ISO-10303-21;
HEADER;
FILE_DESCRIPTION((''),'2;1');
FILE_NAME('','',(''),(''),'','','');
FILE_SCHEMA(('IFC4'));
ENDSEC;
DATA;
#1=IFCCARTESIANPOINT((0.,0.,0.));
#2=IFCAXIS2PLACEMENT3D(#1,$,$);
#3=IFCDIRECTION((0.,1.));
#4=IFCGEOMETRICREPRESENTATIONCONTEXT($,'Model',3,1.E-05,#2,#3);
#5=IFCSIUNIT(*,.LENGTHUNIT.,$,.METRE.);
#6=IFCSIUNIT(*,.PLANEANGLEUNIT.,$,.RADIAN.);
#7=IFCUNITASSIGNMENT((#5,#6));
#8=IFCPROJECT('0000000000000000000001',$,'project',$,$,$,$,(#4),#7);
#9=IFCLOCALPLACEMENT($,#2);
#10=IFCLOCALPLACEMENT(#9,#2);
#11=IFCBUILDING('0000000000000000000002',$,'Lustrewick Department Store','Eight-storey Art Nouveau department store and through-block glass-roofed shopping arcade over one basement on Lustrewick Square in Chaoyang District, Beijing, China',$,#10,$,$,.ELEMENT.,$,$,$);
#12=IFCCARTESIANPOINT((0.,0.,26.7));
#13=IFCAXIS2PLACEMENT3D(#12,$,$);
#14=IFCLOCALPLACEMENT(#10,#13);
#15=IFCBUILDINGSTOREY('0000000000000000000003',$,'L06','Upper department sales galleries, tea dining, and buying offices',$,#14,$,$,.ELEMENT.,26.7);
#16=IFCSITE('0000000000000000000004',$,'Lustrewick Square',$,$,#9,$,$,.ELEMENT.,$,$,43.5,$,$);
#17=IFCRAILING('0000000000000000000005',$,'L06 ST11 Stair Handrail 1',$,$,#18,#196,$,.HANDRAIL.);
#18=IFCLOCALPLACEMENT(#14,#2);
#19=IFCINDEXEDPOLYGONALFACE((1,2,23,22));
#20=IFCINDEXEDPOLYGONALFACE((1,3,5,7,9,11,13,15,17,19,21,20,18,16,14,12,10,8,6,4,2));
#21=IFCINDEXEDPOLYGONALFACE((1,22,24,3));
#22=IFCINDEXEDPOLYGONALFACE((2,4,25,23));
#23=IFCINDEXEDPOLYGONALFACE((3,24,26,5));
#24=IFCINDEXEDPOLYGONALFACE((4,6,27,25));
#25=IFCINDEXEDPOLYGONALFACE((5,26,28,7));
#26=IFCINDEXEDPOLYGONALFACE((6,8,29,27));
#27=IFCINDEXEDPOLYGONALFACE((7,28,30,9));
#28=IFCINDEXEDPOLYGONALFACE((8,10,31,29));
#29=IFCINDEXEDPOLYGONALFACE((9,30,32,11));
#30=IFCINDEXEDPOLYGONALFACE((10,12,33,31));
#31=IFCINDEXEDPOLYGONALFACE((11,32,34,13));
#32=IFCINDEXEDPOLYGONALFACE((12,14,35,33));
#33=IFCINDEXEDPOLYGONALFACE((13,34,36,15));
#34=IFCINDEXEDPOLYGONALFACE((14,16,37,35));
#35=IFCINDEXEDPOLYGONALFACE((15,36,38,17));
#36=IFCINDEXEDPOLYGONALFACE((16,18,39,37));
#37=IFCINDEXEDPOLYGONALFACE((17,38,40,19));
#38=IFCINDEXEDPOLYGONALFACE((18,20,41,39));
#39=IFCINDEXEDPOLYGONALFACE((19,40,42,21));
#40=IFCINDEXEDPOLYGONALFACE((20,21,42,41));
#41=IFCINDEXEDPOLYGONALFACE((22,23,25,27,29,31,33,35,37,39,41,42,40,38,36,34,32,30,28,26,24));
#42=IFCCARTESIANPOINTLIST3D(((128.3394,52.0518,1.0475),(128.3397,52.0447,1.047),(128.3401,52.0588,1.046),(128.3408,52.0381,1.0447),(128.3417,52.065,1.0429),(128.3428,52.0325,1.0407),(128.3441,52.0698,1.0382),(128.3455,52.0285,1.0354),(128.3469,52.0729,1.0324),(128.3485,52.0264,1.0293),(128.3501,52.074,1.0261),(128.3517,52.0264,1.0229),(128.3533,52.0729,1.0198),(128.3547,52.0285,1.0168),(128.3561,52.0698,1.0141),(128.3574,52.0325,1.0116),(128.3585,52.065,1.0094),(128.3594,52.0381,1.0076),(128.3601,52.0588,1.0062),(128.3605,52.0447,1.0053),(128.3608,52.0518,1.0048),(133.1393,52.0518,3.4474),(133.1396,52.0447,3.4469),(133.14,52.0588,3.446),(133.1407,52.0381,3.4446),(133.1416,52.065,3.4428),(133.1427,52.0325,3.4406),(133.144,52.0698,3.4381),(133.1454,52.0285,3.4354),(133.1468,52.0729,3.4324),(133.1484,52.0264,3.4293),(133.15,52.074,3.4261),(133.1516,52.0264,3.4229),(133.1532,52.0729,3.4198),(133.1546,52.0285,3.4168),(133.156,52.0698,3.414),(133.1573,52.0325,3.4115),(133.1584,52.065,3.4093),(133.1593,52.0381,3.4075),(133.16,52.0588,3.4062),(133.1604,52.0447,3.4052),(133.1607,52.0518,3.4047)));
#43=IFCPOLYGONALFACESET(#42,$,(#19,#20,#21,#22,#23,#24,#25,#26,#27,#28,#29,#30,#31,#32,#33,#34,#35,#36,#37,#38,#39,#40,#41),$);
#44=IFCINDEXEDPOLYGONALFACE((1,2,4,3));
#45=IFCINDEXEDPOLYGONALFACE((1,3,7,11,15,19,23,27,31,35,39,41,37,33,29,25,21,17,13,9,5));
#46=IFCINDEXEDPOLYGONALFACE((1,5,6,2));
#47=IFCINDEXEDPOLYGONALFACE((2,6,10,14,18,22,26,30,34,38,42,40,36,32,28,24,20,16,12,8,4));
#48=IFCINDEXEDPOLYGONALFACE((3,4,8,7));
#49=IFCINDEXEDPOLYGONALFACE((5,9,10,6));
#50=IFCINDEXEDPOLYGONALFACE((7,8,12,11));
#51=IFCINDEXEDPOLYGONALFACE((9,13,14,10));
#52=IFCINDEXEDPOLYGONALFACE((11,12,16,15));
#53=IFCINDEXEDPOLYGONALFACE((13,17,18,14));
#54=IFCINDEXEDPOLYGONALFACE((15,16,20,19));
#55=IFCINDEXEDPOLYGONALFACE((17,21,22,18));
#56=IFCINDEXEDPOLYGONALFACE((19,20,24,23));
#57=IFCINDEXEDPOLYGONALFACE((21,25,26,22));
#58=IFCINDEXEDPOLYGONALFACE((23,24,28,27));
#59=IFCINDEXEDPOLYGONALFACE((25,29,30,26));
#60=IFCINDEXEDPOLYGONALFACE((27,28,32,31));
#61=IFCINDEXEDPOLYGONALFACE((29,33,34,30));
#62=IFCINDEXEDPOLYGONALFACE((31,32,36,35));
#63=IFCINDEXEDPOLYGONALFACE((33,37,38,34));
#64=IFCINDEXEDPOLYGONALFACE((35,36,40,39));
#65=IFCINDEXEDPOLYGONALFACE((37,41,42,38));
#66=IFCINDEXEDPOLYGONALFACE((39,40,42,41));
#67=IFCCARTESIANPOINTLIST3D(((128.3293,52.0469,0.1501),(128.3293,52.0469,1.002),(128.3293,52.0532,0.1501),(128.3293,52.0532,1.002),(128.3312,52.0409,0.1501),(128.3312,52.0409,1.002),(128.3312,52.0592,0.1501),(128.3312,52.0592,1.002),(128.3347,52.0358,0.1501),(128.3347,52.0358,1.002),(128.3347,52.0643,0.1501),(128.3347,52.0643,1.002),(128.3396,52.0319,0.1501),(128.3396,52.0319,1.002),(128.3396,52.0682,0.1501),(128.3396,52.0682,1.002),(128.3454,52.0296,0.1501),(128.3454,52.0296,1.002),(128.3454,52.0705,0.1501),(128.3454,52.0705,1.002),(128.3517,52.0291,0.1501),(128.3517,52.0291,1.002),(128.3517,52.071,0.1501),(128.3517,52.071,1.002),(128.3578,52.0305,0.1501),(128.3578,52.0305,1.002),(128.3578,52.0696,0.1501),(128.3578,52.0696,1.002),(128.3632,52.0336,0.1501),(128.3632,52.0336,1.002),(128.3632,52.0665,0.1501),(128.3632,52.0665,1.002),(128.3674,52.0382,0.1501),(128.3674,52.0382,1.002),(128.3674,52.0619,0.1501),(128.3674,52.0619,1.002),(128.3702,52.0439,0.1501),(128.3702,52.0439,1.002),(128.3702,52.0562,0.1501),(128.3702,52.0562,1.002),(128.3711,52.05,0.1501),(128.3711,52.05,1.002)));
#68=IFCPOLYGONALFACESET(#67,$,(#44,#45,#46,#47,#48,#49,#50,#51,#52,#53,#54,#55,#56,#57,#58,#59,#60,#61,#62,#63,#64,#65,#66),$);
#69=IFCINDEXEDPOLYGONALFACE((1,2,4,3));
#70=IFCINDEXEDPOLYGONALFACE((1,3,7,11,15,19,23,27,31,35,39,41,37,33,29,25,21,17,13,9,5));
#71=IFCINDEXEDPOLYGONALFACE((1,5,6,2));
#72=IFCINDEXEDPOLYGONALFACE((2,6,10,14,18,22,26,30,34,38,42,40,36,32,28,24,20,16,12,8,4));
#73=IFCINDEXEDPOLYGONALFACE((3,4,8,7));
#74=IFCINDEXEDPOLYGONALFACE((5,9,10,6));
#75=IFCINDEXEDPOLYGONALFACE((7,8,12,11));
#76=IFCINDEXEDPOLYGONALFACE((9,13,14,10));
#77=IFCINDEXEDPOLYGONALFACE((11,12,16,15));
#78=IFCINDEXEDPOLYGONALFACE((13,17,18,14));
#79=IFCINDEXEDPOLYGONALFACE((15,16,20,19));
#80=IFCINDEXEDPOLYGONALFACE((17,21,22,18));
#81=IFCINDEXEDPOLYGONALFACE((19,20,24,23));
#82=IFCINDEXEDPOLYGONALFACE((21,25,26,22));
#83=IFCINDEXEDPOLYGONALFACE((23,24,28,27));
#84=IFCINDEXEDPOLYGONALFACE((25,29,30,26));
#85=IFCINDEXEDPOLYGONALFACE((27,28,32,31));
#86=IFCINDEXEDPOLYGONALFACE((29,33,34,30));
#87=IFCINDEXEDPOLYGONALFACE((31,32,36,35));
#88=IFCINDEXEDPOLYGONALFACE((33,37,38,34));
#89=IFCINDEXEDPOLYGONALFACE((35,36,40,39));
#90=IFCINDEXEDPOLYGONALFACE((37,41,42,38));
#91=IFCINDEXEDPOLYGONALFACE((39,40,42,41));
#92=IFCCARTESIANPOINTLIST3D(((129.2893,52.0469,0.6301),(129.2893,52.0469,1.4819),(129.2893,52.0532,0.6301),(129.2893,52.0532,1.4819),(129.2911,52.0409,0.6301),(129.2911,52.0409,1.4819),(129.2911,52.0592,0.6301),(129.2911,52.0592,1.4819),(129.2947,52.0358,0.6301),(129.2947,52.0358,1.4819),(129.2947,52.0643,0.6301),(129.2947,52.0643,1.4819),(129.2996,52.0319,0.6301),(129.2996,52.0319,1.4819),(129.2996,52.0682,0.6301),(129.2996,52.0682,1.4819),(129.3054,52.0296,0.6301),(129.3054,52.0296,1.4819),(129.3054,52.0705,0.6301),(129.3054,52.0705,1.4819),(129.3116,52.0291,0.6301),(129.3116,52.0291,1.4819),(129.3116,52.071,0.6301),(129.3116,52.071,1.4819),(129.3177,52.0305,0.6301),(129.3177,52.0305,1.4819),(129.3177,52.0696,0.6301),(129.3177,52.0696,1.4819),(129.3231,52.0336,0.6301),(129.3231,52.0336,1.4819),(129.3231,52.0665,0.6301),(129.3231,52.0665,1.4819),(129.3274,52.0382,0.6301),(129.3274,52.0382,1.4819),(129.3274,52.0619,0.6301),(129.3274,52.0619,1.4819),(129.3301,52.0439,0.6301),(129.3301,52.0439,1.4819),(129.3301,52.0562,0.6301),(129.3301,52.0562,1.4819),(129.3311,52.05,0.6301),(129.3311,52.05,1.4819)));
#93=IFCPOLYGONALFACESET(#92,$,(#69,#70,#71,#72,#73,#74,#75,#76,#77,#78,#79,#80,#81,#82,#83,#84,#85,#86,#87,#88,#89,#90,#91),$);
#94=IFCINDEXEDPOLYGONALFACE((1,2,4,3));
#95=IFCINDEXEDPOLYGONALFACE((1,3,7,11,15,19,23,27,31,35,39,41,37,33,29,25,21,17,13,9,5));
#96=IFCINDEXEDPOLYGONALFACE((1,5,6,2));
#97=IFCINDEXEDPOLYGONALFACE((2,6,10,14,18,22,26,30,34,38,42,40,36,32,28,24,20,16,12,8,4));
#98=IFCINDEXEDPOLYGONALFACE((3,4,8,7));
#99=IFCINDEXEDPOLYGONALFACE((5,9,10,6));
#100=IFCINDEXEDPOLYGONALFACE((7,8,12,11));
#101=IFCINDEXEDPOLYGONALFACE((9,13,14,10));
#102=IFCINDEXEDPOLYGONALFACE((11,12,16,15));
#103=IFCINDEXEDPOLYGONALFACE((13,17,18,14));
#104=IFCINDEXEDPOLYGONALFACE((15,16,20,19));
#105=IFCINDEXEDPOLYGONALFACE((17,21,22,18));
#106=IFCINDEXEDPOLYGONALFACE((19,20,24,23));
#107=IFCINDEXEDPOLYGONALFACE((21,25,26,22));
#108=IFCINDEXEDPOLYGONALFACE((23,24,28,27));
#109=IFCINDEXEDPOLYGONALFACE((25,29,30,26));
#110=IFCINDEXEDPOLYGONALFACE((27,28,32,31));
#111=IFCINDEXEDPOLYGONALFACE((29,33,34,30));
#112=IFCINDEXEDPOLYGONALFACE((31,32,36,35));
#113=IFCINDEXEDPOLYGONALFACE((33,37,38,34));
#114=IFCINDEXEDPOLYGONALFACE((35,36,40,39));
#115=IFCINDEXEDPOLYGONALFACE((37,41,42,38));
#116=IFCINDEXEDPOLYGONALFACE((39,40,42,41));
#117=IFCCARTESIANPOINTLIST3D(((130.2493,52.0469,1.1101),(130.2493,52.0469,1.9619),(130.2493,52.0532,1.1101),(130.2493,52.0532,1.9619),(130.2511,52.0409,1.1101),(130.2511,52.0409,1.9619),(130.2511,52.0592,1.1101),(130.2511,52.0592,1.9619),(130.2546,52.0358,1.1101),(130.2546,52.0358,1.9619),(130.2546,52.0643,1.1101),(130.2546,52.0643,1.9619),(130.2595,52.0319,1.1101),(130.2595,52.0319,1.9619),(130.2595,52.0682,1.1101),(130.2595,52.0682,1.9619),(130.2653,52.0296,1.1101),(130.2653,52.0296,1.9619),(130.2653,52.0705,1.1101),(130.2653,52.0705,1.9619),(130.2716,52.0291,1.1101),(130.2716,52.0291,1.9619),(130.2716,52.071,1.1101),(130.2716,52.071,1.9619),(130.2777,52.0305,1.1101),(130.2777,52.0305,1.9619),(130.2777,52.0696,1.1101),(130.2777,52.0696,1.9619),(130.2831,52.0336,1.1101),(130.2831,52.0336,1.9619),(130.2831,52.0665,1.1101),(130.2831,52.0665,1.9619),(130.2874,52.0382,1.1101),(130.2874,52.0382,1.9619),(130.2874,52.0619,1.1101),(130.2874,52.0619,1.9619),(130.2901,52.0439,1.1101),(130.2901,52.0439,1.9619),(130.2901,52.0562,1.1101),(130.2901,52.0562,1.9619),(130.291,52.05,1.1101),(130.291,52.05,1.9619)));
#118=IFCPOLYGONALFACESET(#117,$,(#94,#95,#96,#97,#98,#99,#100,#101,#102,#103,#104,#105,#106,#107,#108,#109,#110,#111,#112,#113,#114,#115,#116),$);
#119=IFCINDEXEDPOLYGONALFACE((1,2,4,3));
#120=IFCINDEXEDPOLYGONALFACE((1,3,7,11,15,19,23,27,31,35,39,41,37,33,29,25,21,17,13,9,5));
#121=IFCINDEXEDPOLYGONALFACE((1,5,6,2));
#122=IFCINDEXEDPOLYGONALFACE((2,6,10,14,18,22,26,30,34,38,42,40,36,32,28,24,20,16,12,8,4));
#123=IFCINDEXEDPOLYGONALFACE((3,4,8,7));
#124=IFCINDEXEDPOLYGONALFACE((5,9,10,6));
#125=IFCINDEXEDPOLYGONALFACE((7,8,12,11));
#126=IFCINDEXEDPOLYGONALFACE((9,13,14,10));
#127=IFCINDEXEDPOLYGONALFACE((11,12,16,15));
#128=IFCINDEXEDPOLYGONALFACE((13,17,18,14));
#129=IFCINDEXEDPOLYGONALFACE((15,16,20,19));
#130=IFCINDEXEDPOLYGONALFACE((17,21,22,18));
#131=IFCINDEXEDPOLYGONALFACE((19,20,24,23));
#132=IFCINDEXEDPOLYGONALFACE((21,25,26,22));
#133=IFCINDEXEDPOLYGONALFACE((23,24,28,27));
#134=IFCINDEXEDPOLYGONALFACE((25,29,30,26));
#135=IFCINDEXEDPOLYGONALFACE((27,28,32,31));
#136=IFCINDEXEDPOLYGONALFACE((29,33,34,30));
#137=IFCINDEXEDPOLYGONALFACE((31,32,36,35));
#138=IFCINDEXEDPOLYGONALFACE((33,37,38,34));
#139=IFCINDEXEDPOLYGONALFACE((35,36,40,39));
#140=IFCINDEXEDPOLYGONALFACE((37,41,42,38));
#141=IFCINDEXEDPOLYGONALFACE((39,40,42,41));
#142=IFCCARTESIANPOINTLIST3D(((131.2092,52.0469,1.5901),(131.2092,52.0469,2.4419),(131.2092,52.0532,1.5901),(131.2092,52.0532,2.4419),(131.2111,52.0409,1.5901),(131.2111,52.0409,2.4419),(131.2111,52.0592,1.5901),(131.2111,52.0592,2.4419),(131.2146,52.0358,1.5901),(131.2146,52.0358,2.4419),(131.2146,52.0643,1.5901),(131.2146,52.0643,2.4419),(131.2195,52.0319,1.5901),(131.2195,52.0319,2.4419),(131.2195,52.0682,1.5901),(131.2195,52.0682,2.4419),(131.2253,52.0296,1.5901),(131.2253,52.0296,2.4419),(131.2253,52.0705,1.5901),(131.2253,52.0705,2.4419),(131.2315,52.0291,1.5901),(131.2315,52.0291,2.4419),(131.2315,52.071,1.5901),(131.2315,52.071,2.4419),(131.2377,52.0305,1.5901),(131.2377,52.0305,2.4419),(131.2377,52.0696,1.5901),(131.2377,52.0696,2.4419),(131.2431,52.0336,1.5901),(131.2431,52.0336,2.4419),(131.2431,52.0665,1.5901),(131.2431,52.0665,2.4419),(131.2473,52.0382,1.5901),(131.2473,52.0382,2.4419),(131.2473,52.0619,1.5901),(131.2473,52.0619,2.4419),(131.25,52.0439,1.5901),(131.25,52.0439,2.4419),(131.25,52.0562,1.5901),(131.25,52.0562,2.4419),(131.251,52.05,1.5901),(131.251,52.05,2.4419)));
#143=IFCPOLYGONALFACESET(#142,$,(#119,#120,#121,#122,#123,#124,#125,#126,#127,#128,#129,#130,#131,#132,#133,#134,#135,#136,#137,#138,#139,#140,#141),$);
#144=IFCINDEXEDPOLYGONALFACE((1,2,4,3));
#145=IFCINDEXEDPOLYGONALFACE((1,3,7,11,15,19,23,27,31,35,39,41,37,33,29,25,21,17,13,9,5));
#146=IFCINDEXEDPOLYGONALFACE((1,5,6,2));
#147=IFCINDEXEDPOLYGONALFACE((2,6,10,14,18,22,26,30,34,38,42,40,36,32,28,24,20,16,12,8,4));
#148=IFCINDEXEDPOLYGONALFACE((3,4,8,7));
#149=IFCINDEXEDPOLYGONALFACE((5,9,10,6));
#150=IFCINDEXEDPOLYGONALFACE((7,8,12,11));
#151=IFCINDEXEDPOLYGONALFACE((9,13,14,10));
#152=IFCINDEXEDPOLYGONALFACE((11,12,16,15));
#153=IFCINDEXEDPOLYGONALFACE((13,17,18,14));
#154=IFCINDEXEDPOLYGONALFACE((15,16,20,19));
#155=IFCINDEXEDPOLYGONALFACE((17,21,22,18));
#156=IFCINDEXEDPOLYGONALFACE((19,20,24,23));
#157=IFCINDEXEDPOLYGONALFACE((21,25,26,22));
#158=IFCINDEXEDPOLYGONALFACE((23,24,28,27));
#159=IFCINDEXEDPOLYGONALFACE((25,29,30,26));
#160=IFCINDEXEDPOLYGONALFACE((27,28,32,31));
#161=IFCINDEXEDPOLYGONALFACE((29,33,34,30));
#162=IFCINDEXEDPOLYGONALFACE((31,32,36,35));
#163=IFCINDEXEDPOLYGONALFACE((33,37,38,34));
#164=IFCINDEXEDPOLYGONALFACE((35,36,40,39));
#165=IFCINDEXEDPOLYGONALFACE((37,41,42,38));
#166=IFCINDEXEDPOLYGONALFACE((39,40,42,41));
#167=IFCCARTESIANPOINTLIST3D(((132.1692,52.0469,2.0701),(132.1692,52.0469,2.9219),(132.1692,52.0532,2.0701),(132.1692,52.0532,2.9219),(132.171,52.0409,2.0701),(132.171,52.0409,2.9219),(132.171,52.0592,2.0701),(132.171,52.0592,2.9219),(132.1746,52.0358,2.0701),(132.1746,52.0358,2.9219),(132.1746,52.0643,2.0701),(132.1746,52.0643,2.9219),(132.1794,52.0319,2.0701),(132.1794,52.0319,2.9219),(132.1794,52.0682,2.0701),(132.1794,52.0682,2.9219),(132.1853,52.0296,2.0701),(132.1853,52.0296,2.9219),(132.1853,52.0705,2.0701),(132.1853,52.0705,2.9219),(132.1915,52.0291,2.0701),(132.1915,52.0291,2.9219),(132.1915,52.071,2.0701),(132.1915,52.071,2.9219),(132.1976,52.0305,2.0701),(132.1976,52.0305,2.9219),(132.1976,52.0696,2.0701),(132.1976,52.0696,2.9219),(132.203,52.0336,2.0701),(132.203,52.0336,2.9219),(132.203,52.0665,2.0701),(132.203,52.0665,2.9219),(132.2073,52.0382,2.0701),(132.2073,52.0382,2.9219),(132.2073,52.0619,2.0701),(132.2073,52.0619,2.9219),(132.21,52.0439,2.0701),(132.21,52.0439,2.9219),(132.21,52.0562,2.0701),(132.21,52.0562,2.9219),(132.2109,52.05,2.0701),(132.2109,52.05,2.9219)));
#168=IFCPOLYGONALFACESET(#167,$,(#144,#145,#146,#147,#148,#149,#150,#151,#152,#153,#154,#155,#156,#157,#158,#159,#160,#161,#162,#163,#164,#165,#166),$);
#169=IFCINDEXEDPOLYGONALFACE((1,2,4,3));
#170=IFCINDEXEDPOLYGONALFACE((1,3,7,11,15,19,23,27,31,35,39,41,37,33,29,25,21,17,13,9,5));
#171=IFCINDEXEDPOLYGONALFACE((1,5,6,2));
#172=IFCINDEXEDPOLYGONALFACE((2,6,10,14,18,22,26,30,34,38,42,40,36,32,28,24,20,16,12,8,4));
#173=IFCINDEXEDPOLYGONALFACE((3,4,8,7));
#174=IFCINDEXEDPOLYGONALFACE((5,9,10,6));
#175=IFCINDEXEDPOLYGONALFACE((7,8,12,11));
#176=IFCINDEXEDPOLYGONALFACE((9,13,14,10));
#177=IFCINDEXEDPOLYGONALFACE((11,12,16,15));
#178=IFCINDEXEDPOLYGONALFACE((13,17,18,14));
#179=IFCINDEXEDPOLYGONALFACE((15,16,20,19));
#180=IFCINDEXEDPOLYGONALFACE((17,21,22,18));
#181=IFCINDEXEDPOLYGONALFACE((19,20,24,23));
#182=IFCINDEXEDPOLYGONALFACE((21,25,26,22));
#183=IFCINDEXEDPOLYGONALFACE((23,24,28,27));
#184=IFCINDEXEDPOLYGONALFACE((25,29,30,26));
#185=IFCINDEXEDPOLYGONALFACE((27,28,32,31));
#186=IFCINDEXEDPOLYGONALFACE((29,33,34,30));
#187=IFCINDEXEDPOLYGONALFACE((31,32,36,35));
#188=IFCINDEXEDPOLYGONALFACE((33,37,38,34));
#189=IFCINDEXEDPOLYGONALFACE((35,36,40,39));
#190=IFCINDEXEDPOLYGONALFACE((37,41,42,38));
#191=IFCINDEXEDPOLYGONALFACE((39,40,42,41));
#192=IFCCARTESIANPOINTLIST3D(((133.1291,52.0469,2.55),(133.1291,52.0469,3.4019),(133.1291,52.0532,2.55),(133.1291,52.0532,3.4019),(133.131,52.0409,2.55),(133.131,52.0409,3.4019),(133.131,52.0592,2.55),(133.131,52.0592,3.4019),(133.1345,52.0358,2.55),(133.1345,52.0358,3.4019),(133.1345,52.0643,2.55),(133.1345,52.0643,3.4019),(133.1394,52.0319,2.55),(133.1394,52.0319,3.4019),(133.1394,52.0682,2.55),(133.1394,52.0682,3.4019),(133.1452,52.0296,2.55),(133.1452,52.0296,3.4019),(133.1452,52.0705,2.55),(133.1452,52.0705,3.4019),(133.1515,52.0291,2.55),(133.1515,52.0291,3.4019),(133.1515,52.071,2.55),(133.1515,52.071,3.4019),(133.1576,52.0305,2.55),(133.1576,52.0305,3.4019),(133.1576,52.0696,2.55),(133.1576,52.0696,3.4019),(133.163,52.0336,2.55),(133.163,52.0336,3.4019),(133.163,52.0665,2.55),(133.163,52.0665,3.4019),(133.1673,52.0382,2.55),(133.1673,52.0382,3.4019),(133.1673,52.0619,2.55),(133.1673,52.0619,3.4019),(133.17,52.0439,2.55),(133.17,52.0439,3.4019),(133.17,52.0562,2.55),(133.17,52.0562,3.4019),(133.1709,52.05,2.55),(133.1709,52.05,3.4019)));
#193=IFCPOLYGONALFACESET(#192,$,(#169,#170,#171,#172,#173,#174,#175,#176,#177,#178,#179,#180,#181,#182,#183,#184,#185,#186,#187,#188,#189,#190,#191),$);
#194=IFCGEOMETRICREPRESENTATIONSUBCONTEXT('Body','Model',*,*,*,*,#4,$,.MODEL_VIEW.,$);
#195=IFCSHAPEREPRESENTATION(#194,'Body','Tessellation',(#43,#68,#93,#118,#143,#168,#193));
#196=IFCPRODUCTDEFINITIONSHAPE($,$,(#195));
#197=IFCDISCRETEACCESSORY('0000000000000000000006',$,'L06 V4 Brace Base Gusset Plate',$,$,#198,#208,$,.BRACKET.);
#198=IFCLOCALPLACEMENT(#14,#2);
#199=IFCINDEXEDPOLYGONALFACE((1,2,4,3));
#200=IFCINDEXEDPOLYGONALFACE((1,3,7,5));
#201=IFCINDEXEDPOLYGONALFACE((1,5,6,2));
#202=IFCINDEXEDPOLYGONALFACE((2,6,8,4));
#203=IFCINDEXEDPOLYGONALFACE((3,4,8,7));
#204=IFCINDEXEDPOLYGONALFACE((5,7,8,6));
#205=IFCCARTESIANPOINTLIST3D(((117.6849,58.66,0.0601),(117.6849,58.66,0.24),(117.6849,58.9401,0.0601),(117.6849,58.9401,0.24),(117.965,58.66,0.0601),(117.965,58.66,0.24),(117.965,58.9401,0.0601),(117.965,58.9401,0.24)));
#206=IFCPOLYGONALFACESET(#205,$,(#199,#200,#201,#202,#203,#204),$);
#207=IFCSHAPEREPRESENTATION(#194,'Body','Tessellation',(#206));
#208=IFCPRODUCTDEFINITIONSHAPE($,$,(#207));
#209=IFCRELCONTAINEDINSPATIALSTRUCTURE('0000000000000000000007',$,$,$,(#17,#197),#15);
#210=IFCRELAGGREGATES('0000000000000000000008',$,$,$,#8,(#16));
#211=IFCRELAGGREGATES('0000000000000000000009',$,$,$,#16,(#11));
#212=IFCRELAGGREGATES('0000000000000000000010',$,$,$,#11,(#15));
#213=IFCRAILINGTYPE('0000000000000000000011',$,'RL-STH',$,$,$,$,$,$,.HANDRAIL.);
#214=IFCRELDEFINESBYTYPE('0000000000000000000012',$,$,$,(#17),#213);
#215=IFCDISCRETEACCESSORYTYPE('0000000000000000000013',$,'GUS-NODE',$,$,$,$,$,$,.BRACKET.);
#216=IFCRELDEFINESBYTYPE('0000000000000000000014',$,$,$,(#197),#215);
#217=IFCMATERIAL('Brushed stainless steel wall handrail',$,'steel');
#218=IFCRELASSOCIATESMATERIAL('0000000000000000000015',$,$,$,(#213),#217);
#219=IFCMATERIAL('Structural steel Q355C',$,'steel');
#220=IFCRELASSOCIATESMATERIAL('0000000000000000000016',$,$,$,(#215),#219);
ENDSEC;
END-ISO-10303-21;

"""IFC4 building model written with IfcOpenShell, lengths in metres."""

from ifc_helpers import new_model, si_unit, direction, frame, origin, origin_2d, place, context, subcontext, project, spatial, rectangle, circle, extrude, material, type_object, element, save


model = new_model("IFC4")

# Units and contexts
model_context = context("Model", 3, precision=1e-05, world=origin(), true_north=direction((0.0, 1.0)))
body_context = subcontext(model_context, "Body", "Model", "MODEL_VIEW")
ifc_project = project(units=[si_unit("LENGTHUNIT", "METRE"), si_unit("PLANEANGLEUNIT", "RADIAN")], contexts=[model_context])

# Site, building, storey
site_placement = place(None, origin())
site = spatial("IfcSite", under=ifc_project, at=site_placement, Name="Lustrewick Square", CompositionType="ELEMENT", RefElevation=43.5)
building_placement = place(site_placement, origin())
building = spatial("IfcBuilding", under=site, at=building_placement, Name="Lustrewick Department Store", Description="Eight-storey Art Nouveau department store and through-block glass-roofed shopping arcade over one basement on Lustrewick Square in Chaoyang District, Beijing, China", CompositionType="ELEMENT")
storey_placement = place(building_placement, frame((0.0, 0.0, 26.7)))
storey = spatial("IfcBuildingStorey", under=building, at=storey_placement, Name="L06", Description="Upper department sales galleries, tea dining, and buying offices", CompositionType="ELEMENT", Elevation=26.7)

# Shared definitions
ifc_material_1 = material(Name="Structural steel Q355C", Category="steel")

# Railing
ifc_material_2 = material(Name="Brushed stainless steel wall handrail", Category="steel")
railing_type_1 = type_object("IfcRailingType", Name="RL-STH", PredefinedType="HANDRAIL", material=ifc_material_2)
railing_1_placement = place(storey_placement, frame((128.3501, 52.05, 0.1501)))
element("IfcRailing", 1, at=railing_1_placement, inside=storey, type_object=railing_type_1, Name="L06 ST11 Stair Handrail 1", PredefinedType="HANDRAIL", context=body_context, shape_type="SweptSolid", body=[
    extrude(circle(Radius=0.0239, at=origin_2d()), frame((0.0, 0.0, 0.876), z_axis=(0.894427, 0.0, 0.447214), x_axis=(0.0, 1.0, 0.0)), (0.0, 0.0, 1.0), 5.3665),
    extrude(circle(Radius=0.021, at=origin_2d()), origin(), (0.0, 0.0, 1.0), 0.8518),
    extrude(circle(Radius=0.021, at=origin_2d()), frame((0.96, 0.0, 0.48)), (0.0, 0.0, 1.0), 0.8518),
    extrude(circle(Radius=0.021, at=origin_2d()), frame((1.9199, 0.0, 0.96)), (0.0, 0.0, 1.0), 0.8518),
    extrude(circle(Radius=0.021, at=origin_2d()), frame((2.8799, 0.0, 1.4399)), (0.0, 0.0, 1.0), 0.8518),
    extrude(circle(Radius=0.021, at=origin_2d()), frame((3.8398, 0.0, 1.9199)), (0.0, 0.0, 1.0), 0.8518),
    extrude(circle(Radius=0.021, at=origin_2d()), frame((4.7998, 0.0, 2.3999)), (0.0, 0.0, 1.0), 0.8518),
])

# Discrete accessory
discrete_accessory_type_1 = type_object("IfcDiscreteAccessoryType", Name="GUS-NODE", PredefinedType="BRACKET", material=ifc_material_1)
discrete_accessory_1_placement = place(storey_placement, frame((117.825, 58.8, 0.0601), z_axis=(0.0, 0.0, 1.0), x_axis=(1.0, 0.0, 0.0)))
element("IfcDiscreteAccessory", 2, at=discrete_accessory_1_placement, inside=storey, type_object=discrete_accessory_type_1, Name="L06 V4 Brace Base Gusset Plate", PredefinedType="BRACKET", context=body_context, shape_type="SweptSolid", body=[
    extrude(rectangle(XDim=0.28, YDim=0.28, at=origin_2d()), origin(), (0.0, 0.0, 1.0), 0.1799),
])

save(model, "model.ifc")
